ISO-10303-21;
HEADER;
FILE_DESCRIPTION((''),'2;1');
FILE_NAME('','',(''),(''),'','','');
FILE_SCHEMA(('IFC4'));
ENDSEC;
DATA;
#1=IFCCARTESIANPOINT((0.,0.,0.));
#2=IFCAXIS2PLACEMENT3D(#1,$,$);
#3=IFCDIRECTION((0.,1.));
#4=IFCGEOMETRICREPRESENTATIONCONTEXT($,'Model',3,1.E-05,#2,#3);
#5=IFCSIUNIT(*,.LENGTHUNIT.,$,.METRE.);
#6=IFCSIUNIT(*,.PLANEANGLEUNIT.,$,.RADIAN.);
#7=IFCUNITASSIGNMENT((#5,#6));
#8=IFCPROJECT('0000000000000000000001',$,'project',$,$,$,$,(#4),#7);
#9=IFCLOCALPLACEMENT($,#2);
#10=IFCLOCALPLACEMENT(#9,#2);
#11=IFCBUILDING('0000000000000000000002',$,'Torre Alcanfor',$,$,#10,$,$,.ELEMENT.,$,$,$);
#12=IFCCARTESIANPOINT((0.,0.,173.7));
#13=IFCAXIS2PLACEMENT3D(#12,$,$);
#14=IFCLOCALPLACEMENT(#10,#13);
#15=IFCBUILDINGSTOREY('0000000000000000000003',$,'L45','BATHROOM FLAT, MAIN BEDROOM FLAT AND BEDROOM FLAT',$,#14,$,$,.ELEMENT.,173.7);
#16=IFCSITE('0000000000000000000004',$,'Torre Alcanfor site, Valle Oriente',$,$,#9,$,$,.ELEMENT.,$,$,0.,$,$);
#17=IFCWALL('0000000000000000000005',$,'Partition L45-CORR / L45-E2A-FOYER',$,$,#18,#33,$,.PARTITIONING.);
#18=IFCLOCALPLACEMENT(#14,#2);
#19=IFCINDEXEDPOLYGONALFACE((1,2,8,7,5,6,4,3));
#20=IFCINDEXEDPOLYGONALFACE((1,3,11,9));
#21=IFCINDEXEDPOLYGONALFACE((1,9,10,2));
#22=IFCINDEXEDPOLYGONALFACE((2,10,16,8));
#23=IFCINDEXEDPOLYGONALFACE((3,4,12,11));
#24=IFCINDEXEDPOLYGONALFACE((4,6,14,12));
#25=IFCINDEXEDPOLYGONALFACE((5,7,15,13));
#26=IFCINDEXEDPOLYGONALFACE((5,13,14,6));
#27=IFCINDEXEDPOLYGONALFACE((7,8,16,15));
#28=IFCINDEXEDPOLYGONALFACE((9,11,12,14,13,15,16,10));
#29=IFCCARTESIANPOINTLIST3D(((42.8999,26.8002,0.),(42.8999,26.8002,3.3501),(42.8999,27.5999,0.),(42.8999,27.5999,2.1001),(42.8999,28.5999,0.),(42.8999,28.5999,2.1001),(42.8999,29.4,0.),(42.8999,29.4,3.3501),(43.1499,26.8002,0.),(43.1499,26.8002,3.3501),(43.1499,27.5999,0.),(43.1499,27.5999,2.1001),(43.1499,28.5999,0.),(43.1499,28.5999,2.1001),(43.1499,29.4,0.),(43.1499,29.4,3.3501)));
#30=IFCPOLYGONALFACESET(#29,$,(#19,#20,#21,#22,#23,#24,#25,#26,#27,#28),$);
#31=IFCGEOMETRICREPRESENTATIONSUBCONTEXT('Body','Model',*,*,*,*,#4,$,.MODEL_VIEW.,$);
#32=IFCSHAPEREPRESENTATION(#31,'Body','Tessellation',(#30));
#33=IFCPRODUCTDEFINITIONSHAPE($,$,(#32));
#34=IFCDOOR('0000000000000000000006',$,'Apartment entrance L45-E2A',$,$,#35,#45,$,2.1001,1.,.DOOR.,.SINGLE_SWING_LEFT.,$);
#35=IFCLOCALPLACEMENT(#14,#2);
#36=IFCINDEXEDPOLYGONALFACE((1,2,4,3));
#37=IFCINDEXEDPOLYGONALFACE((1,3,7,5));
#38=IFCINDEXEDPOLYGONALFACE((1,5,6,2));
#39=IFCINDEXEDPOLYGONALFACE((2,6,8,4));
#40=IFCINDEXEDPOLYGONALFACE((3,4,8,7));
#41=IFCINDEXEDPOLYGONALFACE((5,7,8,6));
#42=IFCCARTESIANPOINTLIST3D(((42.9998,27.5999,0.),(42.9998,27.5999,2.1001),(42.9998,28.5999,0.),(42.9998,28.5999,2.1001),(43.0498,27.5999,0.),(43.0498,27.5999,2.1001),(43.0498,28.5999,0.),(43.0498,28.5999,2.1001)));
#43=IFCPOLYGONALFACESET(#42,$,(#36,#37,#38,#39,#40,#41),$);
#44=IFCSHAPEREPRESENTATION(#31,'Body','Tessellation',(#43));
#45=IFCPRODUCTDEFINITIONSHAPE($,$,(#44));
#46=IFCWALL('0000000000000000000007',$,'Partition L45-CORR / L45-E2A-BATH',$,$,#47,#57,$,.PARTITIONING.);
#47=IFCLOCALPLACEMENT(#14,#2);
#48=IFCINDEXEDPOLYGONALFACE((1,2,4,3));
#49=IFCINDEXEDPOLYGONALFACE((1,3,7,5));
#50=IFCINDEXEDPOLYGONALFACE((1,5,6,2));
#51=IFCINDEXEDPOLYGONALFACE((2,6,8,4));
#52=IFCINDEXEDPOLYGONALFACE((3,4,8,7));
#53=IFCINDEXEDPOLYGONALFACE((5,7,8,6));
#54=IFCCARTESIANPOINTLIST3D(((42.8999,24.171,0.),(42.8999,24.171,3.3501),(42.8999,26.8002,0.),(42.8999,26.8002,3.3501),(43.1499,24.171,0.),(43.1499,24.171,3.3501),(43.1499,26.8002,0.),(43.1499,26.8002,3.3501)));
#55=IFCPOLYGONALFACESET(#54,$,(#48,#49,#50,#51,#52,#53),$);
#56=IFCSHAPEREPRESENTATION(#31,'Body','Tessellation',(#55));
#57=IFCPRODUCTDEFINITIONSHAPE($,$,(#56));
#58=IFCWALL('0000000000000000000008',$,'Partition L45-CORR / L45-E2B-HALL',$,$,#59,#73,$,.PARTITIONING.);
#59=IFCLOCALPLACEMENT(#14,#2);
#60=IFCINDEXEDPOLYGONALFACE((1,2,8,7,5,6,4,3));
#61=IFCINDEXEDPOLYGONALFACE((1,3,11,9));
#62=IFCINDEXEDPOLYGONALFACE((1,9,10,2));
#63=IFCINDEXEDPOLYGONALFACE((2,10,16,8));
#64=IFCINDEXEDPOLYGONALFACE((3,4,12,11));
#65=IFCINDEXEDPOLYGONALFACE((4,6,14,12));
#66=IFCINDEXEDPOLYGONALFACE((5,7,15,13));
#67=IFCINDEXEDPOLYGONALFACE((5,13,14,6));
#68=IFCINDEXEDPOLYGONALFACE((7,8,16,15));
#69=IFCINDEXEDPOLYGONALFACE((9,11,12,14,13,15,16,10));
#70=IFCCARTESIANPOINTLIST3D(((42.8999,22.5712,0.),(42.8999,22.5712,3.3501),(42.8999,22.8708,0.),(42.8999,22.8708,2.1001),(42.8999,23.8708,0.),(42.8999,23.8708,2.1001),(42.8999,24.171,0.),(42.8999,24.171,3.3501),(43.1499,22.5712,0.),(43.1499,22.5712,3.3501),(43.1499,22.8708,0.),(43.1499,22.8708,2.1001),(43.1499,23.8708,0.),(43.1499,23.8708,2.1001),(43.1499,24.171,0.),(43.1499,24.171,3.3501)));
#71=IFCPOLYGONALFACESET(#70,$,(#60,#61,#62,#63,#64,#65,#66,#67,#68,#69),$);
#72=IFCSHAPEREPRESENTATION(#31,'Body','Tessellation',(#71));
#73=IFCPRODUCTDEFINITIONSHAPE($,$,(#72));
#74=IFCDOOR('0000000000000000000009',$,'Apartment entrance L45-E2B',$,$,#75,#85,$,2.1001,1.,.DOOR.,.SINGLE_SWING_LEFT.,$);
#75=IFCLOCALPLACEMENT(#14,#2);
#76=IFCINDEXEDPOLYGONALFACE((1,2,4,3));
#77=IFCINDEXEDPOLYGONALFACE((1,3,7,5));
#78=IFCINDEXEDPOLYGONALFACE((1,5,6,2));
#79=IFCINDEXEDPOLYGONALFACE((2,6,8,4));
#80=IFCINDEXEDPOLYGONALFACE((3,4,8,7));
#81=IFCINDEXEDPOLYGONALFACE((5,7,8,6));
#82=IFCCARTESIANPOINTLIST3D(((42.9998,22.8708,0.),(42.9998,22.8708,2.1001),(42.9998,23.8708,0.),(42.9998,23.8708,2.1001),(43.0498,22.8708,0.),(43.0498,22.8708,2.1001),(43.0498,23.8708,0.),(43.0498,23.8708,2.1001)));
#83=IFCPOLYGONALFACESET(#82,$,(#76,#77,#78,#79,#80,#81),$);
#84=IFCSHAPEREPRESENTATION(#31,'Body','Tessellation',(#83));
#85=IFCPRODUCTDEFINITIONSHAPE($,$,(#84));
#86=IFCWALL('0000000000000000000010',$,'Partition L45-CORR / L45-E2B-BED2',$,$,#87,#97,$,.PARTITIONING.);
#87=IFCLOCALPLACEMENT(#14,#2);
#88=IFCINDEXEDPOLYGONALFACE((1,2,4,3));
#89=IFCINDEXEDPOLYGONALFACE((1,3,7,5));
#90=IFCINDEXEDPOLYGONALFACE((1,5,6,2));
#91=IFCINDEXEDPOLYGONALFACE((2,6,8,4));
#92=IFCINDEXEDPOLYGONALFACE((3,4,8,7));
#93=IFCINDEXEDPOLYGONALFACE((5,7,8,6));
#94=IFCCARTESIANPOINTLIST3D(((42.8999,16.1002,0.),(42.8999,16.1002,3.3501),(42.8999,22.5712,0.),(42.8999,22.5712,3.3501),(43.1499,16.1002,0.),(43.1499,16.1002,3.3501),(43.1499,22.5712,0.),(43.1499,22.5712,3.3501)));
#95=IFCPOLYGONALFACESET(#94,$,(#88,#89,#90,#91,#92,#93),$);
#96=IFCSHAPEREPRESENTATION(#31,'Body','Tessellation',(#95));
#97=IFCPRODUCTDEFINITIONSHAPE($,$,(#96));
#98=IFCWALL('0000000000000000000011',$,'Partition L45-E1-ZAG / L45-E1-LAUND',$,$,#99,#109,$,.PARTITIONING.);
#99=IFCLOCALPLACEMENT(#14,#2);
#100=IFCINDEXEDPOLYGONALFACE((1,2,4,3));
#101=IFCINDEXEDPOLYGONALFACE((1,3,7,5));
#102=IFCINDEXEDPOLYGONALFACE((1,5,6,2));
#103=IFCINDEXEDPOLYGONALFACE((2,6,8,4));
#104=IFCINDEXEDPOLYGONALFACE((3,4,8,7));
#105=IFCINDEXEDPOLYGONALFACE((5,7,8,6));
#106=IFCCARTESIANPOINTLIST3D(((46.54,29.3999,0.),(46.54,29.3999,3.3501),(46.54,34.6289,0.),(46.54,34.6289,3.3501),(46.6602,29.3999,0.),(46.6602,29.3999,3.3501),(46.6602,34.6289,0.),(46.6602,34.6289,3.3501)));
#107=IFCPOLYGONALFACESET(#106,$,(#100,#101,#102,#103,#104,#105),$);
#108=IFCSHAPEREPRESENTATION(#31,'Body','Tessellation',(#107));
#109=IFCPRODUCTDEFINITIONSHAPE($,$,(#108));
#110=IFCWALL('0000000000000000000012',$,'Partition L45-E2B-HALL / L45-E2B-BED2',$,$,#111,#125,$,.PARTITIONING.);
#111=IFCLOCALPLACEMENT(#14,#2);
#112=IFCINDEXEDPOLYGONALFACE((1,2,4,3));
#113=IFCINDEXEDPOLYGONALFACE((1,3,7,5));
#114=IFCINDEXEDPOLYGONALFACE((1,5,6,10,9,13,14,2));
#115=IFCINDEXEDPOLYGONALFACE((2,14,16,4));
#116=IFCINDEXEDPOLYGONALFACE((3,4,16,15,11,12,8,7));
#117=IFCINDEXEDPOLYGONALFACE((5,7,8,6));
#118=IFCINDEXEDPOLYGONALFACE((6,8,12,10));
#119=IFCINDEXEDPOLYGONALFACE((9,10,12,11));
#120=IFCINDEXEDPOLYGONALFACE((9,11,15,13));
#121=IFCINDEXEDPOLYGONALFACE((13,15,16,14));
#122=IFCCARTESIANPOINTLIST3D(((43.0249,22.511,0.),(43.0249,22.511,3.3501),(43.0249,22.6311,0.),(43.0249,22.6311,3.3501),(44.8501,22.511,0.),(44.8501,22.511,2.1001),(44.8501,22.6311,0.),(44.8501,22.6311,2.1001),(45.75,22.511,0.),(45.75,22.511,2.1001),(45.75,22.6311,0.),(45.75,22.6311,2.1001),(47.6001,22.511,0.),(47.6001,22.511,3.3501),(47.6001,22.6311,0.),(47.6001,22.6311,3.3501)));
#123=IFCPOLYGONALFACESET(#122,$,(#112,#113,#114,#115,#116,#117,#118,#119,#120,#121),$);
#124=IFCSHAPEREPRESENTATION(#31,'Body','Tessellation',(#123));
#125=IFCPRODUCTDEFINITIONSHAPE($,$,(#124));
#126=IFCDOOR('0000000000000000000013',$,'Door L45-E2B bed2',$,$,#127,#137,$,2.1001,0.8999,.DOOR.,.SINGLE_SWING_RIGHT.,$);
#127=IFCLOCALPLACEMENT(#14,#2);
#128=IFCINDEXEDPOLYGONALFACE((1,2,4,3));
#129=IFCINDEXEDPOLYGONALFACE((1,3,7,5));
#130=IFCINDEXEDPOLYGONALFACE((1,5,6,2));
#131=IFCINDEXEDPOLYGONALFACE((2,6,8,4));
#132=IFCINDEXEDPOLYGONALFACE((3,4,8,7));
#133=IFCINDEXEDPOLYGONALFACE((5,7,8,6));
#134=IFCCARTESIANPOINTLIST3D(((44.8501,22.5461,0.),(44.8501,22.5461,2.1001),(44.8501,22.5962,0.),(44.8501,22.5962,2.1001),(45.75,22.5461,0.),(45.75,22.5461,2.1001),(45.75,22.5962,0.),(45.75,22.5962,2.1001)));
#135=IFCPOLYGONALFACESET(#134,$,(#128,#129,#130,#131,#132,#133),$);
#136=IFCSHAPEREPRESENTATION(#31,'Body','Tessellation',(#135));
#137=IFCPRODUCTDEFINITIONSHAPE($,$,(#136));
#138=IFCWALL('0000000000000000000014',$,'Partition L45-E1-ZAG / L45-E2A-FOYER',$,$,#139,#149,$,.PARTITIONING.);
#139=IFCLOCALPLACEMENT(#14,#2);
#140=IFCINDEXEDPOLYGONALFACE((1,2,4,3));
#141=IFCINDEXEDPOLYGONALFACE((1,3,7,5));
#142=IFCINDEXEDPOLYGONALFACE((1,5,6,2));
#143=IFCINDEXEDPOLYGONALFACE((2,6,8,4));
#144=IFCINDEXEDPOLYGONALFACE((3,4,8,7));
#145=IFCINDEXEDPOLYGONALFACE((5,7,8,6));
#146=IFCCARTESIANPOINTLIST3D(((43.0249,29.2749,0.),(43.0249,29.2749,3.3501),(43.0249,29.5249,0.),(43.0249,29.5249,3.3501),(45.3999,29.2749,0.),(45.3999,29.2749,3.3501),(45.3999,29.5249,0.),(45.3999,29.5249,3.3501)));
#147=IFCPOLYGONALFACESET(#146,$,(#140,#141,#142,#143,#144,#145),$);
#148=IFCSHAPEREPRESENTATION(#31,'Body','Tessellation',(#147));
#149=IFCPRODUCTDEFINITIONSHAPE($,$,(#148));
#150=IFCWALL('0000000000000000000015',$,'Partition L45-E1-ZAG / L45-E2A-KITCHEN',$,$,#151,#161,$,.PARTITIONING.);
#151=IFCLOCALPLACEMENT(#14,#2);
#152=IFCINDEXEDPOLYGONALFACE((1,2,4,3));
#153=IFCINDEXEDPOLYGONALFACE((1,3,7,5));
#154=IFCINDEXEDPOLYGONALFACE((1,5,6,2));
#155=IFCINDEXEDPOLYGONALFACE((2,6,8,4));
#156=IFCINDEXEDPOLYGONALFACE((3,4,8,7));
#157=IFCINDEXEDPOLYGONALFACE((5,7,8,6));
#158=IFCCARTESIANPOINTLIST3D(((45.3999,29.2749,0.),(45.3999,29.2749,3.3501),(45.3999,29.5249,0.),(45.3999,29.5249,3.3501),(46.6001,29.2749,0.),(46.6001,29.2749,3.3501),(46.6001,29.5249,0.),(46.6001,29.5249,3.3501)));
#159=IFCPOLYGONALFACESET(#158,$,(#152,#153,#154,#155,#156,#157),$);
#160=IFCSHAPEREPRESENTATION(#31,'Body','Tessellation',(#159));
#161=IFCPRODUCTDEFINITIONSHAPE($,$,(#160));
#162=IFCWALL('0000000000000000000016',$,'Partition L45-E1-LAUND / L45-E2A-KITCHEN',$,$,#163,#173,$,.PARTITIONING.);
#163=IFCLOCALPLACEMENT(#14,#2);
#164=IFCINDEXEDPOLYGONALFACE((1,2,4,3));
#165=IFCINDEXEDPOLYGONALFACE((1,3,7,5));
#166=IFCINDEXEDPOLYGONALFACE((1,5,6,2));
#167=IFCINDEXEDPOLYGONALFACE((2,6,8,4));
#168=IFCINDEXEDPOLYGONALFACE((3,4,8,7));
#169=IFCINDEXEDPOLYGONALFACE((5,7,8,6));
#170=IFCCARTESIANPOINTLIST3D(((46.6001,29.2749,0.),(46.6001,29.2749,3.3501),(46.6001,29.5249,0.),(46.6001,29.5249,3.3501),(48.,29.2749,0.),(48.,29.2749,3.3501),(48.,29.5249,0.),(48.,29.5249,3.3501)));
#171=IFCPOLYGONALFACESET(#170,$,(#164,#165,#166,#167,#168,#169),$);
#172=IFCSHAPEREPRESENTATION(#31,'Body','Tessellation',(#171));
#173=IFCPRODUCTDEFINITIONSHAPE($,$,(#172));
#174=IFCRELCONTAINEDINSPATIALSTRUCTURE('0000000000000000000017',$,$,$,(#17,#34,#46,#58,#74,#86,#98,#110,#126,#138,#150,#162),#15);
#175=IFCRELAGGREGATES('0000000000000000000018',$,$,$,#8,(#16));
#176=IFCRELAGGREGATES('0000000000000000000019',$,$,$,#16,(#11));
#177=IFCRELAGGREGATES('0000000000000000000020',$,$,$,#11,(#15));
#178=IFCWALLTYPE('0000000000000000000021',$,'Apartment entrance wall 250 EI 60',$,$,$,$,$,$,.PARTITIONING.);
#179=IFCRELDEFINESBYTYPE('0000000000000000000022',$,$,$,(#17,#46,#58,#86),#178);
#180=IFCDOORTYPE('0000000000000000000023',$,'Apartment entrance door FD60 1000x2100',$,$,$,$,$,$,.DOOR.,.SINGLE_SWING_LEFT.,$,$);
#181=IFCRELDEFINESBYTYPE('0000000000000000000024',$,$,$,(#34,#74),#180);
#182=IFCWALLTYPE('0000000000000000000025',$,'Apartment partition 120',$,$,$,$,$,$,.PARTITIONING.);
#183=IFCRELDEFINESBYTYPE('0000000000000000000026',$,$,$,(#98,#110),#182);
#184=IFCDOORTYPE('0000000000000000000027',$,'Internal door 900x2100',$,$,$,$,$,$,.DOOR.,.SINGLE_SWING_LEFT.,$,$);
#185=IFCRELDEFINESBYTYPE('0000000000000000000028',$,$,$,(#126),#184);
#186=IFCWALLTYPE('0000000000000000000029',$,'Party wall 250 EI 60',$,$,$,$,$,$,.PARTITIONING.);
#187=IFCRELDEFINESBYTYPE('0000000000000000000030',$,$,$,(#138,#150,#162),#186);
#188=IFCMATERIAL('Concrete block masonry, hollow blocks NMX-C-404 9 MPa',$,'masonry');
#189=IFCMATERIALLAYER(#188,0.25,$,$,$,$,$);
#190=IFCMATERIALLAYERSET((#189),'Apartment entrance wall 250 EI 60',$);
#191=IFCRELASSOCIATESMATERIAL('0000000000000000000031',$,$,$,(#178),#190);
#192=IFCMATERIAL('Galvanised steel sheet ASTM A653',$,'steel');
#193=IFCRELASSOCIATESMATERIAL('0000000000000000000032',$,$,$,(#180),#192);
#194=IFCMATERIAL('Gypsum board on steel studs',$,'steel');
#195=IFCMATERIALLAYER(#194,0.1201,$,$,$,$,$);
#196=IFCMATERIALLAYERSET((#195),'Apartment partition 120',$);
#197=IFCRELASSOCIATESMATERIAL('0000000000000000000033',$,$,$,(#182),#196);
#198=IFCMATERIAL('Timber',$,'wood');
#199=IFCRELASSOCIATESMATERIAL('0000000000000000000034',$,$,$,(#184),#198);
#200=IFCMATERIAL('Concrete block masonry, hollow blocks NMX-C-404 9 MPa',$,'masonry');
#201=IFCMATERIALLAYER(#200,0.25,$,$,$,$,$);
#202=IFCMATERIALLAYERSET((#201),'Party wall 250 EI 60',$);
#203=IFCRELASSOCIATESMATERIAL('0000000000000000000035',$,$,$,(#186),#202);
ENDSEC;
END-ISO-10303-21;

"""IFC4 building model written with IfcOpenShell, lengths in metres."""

from ifc_helpers import new_model, si_unit, direction, frame, frame_2d, origin, place, context, subcontext, project, spatial, rectangle, extrude, material, layer, layer_set, type_object, element, fill, save


model = new_model("IFC4")

# Units and contexts
model_context = context("Model", 3, precision=1e-05, world=origin(), true_north=direction((0.0, 1.0)))
body_context = subcontext(model_context, "Body", "Model", "MODEL_VIEW")
ifc_project = project(units=[si_unit("LENGTHUNIT", "METRE"), si_unit("PLANEANGLEUNIT", "RADIAN")], contexts=[model_context])

# Site, building, storey
site_placement = place(None, origin())
site = spatial("IfcSite", under=ifc_project, at=site_placement, Name="Torre Alcanfor site, Valle Oriente", CompositionType="ELEMENT", RefElevation=0.0)
building_placement = place(site_placement, origin())
building = spatial("IfcBuilding", under=site, at=building_placement, Name="Torre Alcanfor", CompositionType="ELEMENT")
storey_placement = place(building_placement, frame((0.0, 0.0, 173.7)))
storey = spatial("IfcBuildingStorey", under=building, at=storey_placement, Name="L45", Description="BATHROOM FLAT, MAIN BEDROOM FLAT AND BEDROOM FLAT", CompositionType="ELEMENT", Elevation=173.7)

# Wall, opening, door
ifc_material_1 = material(Name="Concrete block masonry, hollow blocks NMX-C-404 9 MPa", Category="masonry")
ifc_layer_1 = layer(ifc_material_1, 0.25)
ifc_layer_set_1 = layer_set([ifc_layer_1], Name="Apartment entrance wall 250 EI 60")
wall_type_1 = type_object("IfcWallType", Name="Apartment entrance wall 250 EI 60", PredefinedType="PARTITIONING", material=ifc_layer_set_1)
wall_1_placement = place(storey_placement, frame((43.0249, 29.3999, 0.0), z_axis=(0.0, 0.0, 1.0), x_axis=(0.0, -1.0, 0.0)))
wall_1 = element("IfcWall", 1, at=wall_1_placement, inside=storey, type_object=wall_type_1, Name="Partition L45-CORR / L45-E2A-FOYER", PredefinedType="PARTITIONING", context=body_context, shape_type="SweptSolid", body=[
    extrude(rectangle(XDim=2.5999, YDim=0.25, at=frame_2d((1.2998, 0.0))), origin(), (0.0, 0.0, 1.0), 3.3501),
])
opening_1_placement = place(wall_1_placement, frame((0.8, 0.0, 0.0)))
opening_1 = element("IfcOpeningElement", 2, at=opening_1_placement, cuts=wall_1, PredefinedType="OPENING", context=body_context, shape_type="SweptSolid", body=[
    extrude(rectangle(XDim=1.0, YDim=2.1001, at=frame_2d((0.5, 1.05))), frame((0.0, 0.135, 0.0), z_axis=(0.0, -1.0, 0.0), x_axis=(1.0, 0.0, 0.0)), (0.0, 0.0, 1.0), 0.27),
])
ifc_material_2 = material(Name="Galvanised steel sheet ASTM A653", Category="steel")
door_type_1 = type_object("IfcDoorType", Name="Apartment entrance door FD60 1000x2100", OperationType="SINGLE_SWING_LEFT", PredefinedType="DOOR", material=ifc_material_2)
door_1_placement = place(opening_1_placement, origin())
door_1 = element("IfcDoor", 3, at=door_1_placement, inside=storey, type_object=door_type_1, Name="Apartment entrance L45-E2A", OperationType="SINGLE_SWING_LEFT", OverallHeight=2.1001, OverallWidth=1.0, PredefinedType="DOOR", context=body_context, shape_type="SweptSolid", body=[
    extrude(rectangle(XDim=1.0, YDim=2.1001, at=frame_2d((0.5, 1.05))), frame((0.0, 0.0249, 0.0), z_axis=(0.0, -1.0, 0.0), x_axis=(1.0, 0.0, 0.0)), (0.0, 0.0, 1.0), 0.05),
])
fill(opening_1, door_1)

# Wall
wall_2_placement = place(storey_placement, frame((43.0249, 26.8, 0.0), z_axis=(0.0, 0.0, 1.0), x_axis=(0.0, -1.0, 0.0)))
element("IfcWall", 4, at=wall_2_placement, inside=storey, type_object=wall_type_1, Name="Partition L45-CORR / L45-E2A-BATH", PredefinedType="PARTITIONING", context=body_context, shape_type="SweptSolid", body=[
    extrude(rectangle(XDim=2.6292, YDim=0.25, at=frame_2d((1.3145, 0.0))), origin(), (0.0, 0.0, 1.0), 3.3501),
])

# Wall, opening, door
wall_3_placement = place(storey_placement, frame((43.0249, 24.1709, 0.0), z_axis=(0.0, 0.0, 1.0), x_axis=(0.0, -1.0, 0.0)))
wall_3 = element("IfcWall", 5, at=wall_3_placement, inside=storey, type_object=wall_type_1, Name="Partition L45-CORR / L45-E2B-HALL", PredefinedType="PARTITIONING", context=body_context, shape_type="SweptSolid", body=[
    extrude(rectangle(XDim=1.5999, YDim=0.25, at=frame_2d((0.7998, 0.0))), origin(), (0.0, 0.0, 1.0), 3.3501),
])
opening_2_placement = place(wall_3_placement, frame((0.3, 0.0, 0.0)))
opening_2 = element("IfcOpeningElement", 6, at=opening_2_placement, cuts=wall_3, PredefinedType="OPENING", context=body_context, shape_type="SweptSolid", body=[
    extrude(rectangle(XDim=1.0, YDim=2.1001, at=frame_2d((0.5, 1.05))), frame((0.0, 0.135, 0.0), z_axis=(0.0, -1.0, 0.0), x_axis=(1.0, 0.0, 0.0)), (0.0, 0.0, 1.0), 0.27),
])
door_2_placement = place(opening_2_placement, origin())
door_2 = element("IfcDoor", 7, at=door_2_placement, inside=storey, type_object=door_type_1, Name="Apartment entrance L45-E2B", OperationType="SINGLE_SWING_LEFT", OverallHeight=2.1001, OverallWidth=1.0, PredefinedType="DOOR", context=body_context, shape_type="SweptSolid", body=[
    extrude(rectangle(XDim=1.0, YDim=2.1001, at=frame_2d((0.5, 1.05))), frame((0.0, 0.0249, 0.0), z_axis=(0.0, -1.0, 0.0), x_axis=(1.0, 0.0, 0.0)), (0.0, 0.0, 1.0), 0.05),
])
fill(opening_2, door_2)

# Walls
wall_4_placement = place(storey_placement, frame((43.0249, 22.571, 0.0), z_axis=(0.0, 0.0, 1.0), x_axis=(0.0, -1.0, 0.0)))
element("IfcWall", 8, at=wall_4_placement, inside=storey, type_object=wall_type_1, Name="Partition L45-CORR / L45-E2B-BED2", PredefinedType="PARTITIONING", context=body_context, shape_type="SweptSolid", body=[
    extrude(rectangle(XDim=6.4709, YDim=0.25, at=frame_2d((3.2354, 0.0))), origin(), (0.0, 0.0, 1.0), 3.3501),
])
ifc_material_3 = material(Name="Gypsum board on steel studs", Category="steel")
ifc_layer_2 = layer(ifc_material_3, 0.1201)
ifc_layer_set_2 = layer_set([ifc_layer_2], Name="Apartment partition 120")
wall_type_2 = type_object("IfcWallType", Name="Apartment partition 120", PredefinedType="PARTITIONING", material=ifc_layer_set_2)
wall_5_placement = place(storey_placement, frame((46.6001, 29.3999, 0.0), z_axis=(0.0, 0.0, 1.0), x_axis=(0.0, 1.0, 0.0)))
element("IfcWall", 9, at=wall_5_placement, inside=storey, type_object=wall_type_2, Name="Partition L45-E1-ZAG / L45-E1-LAUND", PredefinedType="PARTITIONING", context=body_context, shape_type="SweptSolid", body=[
    extrude(rectangle(XDim=5.229, YDim=0.1201, at=frame_2d((2.6145, 0.0))), origin(), (0.0, 0.0, 1.0), 3.3501),
])

# Wall, opening, door
wall_6_placement = place(storey_placement, frame((47.6001, 22.571, 0.0), z_axis=(0.0, 0.0, 1.0), x_axis=(-1.0, 0.0, 0.0)))
wall_6 = element("IfcWall", 10, at=wall_6_placement, inside=storey, type_object=wall_type_2, Name="Partition L45-E2B-HALL / L45-E2B-BED2", PredefinedType="PARTITIONING", context=body_context, shape_type="SweptSolid", body=[
    extrude(rectangle(XDim=4.5752, YDim=0.1201, at=frame_2d((2.2876, 0.0))), origin(), (0.0, 0.0, 1.0), 3.3501),
])
opening_3_placement = place(wall_6_placement, frame((1.8501, 0.0, 0.0)))
opening_3 = element("IfcOpeningElement", 11, at=opening_3_placement, cuts=wall_6, PredefinedType="OPENING", context=body_context, shape_type="SweptSolid", body=[
    extrude(rectangle(XDim=0.8999, YDim=2.1001, at=frame_2d((0.45, 1.05))), frame((0.0, 0.0701, 0.0), z_axis=(0.0, -1.0, 0.0), x_axis=(1.0, 0.0, 0.0)), (0.0, 0.0, 1.0), 0.1401),
])
ifc_material_4 = material(Name="Timber", Category="wood")
door_type_2 = type_object("IfcDoorType", Name="Internal door 900x2100", OperationType="SINGLE_SWING_LEFT", PredefinedType="DOOR", material=ifc_material_4)
door_3_placement = place(opening_3_placement, origin())
door_3 = element("IfcDoor", 12, at=door_3_placement, inside=storey, type_object=door_type_2, Name="Door L45-E2B bed2", OperationType="SINGLE_SWING_RIGHT", OverallHeight=2.1001, OverallWidth=0.8999, PredefinedType="DOOR", context=body_context, shape_type="SweptSolid", body=[
    extrude(rectangle(XDim=0.8999, YDim=2.1001, at=frame_2d((0.45, 1.05))), frame((0.0, 0.0249, 0.0), z_axis=(0.0, -1.0, 0.0), x_axis=(1.0, 0.0, 0.0)), (0.0, 0.0, 1.0), 0.05),
])
fill(opening_3, door_3)

# Walls
ifc_material_5 = material(Name="Concrete block masonry, hollow blocks NMX-C-404 9 MPa", Category="masonry")
ifc_layer_3 = layer(ifc_material_5, 0.25)
ifc_layer_set_3 = layer_set([ifc_layer_3], Name="Party wall 250 EI 60")
wall_type_3 = type_object("IfcWallType", Name="Party wall 250 EI 60", PredefinedType="PARTITIONING", material=ifc_layer_set_3)
wall_7_placement = place(storey_placement, frame((43.0249, 29.3999, 0.0), z_axis=(0.0, 0.0, 1.0), x_axis=(1.0, 0.0, 0.0)))
element("IfcWall", 13, at=wall_7_placement, inside=storey, type_object=wall_type_3, Name="Partition L45-E1-ZAG / L45-E2A-FOYER", PredefinedType="PARTITIONING", context=body_context, shape_type="SweptSolid", body=[
    extrude(rectangle(XDim=2.375, YDim=0.25, at=frame_2d((1.1875, 0.0))), origin(), (0.0, 0.0, 1.0), 3.3501),
])
wall_8_placement = place(storey_placement, frame((45.3999, 29.3999, 0.0), z_axis=(0.0, 0.0, 1.0), x_axis=(1.0, 0.0, 0.0)))
element("IfcWall", 14, at=wall_8_placement, inside=storey, type_object=wall_type_3, Name="Partition L45-E1-ZAG / L45-E2A-KITCHEN", PredefinedType="PARTITIONING", context=body_context, shape_type="SweptSolid", body=[
    extrude(rectangle(XDim=1.2002, YDim=0.25, at=frame_2d((0.6001, 0.0))), origin(), (0.0, 0.0, 1.0), 3.3501),
])
wall_9_placement = place(storey_placement, frame((46.6001, 29.3999, 0.0), z_axis=(0.0, 0.0, 1.0), x_axis=(1.0, 0.0, 0.0)))
element("IfcWall", 15, at=wall_9_placement, inside=storey, type_object=wall_type_3, Name="Partition L45-E1-LAUND / L45-E2A-KITCHEN", PredefinedType="PARTITIONING", context=body_context, shape_type="SweptSolid", body=[
    extrude(rectangle(XDim=1.3999, YDim=0.25, at=frame_2d((0.7, 0.0))), origin(), (0.0, 0.0, 1.0), 3.3501),
])

save(model, "model.ifc")
